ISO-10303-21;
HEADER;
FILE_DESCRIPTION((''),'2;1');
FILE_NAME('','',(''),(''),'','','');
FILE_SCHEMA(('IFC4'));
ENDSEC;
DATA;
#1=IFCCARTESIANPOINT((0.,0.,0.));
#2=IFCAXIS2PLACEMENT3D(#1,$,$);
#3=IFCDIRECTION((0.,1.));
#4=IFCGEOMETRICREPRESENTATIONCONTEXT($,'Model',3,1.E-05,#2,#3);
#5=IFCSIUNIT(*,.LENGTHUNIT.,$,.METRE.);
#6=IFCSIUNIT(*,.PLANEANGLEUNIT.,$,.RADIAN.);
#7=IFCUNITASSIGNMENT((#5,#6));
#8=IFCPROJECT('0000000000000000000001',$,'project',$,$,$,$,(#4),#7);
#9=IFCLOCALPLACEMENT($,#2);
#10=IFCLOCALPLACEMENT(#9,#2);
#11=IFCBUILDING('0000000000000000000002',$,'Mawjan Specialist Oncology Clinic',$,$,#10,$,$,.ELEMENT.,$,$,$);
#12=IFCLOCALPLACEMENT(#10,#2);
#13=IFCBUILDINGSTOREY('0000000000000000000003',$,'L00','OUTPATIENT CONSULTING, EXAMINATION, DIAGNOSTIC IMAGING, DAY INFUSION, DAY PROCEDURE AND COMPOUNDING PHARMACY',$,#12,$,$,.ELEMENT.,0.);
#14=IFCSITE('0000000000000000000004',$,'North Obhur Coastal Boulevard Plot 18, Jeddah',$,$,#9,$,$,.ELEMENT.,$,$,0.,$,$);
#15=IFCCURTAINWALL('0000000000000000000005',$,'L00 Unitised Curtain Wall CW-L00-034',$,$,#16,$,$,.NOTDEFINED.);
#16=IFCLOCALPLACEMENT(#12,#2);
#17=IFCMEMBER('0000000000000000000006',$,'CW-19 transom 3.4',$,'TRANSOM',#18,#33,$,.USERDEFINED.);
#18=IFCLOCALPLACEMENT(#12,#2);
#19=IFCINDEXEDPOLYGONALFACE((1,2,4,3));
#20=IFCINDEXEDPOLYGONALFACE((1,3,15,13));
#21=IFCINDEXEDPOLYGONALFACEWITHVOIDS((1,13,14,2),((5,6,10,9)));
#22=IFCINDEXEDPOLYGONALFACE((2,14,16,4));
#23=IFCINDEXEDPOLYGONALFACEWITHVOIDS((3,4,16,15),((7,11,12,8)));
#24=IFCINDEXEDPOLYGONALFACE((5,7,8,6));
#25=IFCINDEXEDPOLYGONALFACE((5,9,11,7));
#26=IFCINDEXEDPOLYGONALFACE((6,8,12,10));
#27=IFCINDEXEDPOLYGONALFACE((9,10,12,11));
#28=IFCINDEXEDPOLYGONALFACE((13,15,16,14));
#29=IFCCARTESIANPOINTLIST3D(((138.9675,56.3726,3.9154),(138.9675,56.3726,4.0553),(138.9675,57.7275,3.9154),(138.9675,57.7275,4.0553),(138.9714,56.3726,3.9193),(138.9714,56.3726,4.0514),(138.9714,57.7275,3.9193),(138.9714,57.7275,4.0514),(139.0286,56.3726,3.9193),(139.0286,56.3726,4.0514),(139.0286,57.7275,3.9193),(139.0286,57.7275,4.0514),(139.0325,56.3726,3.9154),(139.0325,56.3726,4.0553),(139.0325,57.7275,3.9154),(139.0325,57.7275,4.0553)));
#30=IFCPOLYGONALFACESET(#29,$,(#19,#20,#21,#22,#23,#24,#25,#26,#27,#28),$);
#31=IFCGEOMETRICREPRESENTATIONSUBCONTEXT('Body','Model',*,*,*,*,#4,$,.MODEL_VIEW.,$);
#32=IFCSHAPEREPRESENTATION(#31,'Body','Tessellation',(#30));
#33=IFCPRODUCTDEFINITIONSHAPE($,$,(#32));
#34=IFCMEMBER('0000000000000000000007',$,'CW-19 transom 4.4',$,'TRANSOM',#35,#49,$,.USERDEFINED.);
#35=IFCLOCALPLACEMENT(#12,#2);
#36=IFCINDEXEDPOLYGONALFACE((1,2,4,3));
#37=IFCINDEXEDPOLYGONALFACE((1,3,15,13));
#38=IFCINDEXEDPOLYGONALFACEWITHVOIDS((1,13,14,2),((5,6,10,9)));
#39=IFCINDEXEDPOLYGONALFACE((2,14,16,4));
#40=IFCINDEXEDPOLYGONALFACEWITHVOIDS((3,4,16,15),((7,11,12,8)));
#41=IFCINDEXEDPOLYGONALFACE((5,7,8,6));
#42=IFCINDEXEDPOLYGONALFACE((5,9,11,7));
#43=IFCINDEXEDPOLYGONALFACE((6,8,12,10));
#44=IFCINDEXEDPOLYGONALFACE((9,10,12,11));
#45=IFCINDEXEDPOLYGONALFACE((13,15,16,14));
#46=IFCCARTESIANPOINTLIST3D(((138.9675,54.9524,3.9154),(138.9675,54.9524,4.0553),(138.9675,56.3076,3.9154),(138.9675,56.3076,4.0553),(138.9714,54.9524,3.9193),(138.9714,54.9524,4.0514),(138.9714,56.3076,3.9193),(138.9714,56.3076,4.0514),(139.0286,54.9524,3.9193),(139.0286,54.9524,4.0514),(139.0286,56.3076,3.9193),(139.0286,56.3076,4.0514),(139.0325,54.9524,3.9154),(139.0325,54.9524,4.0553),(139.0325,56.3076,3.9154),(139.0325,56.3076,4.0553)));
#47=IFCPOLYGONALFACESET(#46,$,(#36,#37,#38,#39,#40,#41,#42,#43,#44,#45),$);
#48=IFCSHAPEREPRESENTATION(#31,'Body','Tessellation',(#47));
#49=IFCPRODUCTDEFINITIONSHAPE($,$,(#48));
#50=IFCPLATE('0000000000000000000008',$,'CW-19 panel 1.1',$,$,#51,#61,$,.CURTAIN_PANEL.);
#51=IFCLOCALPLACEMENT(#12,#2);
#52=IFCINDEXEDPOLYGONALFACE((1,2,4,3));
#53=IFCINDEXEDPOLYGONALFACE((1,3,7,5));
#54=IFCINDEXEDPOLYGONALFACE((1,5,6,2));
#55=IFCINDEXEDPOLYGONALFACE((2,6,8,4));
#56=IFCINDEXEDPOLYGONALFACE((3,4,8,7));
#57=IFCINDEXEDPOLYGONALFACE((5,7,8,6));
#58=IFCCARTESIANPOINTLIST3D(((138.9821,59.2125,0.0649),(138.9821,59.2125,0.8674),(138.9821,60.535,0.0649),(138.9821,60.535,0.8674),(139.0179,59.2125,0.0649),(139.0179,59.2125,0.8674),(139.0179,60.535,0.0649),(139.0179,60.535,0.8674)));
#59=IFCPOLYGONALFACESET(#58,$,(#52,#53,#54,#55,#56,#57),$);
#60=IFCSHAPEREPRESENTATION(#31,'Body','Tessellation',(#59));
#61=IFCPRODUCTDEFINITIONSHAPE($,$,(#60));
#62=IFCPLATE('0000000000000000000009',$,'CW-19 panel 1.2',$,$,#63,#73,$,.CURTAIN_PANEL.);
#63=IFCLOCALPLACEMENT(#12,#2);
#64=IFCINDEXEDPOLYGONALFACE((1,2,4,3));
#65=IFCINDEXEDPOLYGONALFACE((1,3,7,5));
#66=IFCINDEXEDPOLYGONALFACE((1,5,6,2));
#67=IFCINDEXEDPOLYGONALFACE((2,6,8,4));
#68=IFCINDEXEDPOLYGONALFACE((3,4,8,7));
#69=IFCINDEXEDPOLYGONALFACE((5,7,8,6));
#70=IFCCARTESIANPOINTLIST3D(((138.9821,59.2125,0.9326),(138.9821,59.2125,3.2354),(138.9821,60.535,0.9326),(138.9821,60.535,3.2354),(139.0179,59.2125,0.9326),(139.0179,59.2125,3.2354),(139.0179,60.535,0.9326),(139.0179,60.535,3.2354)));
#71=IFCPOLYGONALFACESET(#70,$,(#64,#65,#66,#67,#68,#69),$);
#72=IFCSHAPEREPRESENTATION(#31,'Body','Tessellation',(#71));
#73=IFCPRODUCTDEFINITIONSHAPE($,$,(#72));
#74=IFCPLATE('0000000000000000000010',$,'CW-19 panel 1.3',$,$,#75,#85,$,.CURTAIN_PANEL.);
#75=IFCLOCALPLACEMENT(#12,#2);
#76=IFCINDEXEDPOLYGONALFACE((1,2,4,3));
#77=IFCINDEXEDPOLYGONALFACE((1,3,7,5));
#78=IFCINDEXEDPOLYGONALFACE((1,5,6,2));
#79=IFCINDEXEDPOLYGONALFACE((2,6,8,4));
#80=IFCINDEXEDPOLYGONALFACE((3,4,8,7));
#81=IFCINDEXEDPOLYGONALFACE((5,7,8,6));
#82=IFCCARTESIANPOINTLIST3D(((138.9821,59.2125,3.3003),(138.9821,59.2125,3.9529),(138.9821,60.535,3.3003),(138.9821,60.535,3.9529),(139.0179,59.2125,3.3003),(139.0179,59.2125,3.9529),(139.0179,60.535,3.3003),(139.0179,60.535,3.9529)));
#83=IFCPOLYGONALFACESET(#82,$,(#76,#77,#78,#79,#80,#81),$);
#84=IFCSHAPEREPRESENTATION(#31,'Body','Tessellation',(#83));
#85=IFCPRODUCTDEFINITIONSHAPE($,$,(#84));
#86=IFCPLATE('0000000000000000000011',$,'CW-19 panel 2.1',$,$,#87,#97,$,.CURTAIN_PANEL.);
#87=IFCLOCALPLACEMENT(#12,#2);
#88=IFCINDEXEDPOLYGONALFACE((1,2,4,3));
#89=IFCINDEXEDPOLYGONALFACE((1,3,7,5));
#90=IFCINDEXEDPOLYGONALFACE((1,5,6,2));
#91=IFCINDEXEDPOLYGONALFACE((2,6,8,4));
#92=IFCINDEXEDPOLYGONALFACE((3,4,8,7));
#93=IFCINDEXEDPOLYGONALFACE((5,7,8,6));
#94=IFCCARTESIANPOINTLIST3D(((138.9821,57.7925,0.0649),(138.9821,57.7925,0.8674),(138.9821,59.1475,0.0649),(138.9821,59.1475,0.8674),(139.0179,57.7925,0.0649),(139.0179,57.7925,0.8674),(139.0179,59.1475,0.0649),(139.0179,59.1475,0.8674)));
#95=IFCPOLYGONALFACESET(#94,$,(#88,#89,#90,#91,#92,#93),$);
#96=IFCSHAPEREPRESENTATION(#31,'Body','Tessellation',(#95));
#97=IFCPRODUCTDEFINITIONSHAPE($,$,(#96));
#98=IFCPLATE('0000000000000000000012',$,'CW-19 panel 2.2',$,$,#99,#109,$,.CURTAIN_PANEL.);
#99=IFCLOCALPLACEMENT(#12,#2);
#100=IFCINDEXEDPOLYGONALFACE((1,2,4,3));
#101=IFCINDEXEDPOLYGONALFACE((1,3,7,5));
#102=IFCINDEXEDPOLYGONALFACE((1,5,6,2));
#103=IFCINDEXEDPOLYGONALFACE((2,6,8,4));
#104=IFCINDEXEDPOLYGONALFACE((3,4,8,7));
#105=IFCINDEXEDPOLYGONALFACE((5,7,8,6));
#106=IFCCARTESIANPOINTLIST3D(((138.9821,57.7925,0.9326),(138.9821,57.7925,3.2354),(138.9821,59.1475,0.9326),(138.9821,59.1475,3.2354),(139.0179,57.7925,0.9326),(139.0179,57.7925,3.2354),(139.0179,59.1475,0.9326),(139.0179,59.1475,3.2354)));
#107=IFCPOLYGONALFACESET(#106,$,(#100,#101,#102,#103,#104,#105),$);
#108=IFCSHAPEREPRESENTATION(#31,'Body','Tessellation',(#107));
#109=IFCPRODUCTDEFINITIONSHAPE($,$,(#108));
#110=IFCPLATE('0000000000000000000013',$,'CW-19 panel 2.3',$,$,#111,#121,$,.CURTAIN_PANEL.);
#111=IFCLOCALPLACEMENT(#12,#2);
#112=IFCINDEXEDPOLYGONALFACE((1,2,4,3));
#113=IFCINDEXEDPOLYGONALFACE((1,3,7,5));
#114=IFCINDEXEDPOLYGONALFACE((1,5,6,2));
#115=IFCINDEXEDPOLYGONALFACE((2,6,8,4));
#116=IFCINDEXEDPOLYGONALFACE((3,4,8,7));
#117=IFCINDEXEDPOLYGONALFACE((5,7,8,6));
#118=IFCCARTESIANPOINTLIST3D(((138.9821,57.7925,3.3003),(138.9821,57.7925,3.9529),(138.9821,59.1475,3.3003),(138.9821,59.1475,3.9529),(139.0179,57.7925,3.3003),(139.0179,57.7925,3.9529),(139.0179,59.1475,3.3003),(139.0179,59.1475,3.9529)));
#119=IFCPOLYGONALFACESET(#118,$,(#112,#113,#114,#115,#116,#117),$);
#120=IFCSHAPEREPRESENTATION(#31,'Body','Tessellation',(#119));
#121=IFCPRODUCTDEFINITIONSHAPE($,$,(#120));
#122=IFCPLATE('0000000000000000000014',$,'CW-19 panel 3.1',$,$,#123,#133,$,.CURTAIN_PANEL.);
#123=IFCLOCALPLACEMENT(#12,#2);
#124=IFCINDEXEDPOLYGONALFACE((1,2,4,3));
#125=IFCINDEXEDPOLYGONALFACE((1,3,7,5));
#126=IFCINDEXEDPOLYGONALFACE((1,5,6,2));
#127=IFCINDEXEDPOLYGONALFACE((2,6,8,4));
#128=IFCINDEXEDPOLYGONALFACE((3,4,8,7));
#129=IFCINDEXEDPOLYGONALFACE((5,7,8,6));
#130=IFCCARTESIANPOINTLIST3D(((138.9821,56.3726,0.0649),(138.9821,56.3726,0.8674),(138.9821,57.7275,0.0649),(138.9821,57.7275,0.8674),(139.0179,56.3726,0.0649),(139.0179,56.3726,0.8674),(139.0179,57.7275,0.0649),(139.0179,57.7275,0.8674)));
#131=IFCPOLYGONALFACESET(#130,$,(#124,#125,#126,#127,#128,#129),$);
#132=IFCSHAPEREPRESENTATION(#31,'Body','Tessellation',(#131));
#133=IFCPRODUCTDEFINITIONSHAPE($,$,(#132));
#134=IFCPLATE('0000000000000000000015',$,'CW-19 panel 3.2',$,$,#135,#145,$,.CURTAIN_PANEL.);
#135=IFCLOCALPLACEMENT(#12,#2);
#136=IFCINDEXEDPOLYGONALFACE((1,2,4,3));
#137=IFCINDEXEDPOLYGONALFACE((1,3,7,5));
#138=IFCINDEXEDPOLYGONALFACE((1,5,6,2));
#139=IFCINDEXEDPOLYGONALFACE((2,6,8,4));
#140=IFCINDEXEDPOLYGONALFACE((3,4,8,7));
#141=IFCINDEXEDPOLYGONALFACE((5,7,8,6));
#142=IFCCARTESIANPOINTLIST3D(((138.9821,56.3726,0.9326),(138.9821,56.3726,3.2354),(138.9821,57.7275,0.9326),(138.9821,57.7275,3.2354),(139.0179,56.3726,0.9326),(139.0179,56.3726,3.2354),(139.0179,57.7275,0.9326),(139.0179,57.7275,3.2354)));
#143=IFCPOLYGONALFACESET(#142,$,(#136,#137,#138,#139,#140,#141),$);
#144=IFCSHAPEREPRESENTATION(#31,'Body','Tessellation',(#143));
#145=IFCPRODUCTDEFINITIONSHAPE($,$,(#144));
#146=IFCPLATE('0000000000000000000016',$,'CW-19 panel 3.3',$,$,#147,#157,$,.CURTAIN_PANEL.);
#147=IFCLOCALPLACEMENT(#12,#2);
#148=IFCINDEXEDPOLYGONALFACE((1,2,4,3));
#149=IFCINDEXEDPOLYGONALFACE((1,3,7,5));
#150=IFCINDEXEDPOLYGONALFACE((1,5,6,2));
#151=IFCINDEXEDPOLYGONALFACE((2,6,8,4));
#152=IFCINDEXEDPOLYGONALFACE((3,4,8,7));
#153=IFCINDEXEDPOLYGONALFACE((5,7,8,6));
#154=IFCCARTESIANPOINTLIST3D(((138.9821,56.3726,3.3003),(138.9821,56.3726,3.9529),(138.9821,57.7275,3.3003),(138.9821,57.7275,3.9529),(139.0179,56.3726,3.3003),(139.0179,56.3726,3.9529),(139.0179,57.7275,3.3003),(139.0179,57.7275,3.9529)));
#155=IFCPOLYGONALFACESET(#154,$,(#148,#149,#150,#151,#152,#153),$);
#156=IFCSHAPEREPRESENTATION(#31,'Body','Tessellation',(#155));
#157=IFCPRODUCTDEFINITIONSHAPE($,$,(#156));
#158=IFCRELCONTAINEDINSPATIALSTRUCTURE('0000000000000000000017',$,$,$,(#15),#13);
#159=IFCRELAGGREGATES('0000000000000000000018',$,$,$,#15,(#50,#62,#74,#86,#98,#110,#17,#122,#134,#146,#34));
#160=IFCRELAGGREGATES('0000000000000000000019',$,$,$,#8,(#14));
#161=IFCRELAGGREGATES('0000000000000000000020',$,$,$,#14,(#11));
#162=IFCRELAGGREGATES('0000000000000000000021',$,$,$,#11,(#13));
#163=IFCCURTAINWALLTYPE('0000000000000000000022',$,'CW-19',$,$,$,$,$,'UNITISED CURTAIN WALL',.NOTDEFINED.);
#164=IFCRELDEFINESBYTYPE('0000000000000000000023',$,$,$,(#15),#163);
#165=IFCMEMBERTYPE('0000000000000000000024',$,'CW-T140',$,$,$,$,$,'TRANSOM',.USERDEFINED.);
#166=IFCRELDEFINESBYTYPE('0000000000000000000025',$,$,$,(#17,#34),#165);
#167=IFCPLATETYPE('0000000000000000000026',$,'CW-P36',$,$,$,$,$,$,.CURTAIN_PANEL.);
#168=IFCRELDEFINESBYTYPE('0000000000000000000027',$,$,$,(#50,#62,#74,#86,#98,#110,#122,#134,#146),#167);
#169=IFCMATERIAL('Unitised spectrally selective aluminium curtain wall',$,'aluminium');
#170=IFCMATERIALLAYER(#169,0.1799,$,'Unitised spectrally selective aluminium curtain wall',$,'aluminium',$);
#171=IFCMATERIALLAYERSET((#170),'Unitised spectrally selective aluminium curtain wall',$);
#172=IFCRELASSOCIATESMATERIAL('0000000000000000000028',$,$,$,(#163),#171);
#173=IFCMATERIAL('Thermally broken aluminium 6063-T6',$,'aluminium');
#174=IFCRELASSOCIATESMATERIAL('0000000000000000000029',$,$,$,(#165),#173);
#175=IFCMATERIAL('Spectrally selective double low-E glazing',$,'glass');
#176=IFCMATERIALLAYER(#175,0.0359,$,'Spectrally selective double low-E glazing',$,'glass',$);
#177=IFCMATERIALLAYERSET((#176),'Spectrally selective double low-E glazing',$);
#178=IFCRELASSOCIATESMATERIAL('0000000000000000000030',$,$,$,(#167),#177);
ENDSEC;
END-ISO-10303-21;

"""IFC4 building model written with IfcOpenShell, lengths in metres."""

from ifc_helpers import new_model, si_unit, direction, frame, origin, origin_2d, place, context, subcontext, project, spatial, rectangle, hollow_rectangle, extrude, material, layer, layer_set, material_profile, profile_set, type_object, element, aggregate, save


model = new_model("IFC4")

# Units and contexts
model_context = context("Model", 3, precision=1e-05, world=origin(), true_north=direction((0.0, 1.0)))
body_context = subcontext(model_context, "Body", "Model", "MODEL_VIEW")
ifc_project = project(units=[si_unit("LENGTHUNIT", "METRE"), si_unit("PLANEANGLEUNIT", "RADIAN")], contexts=[model_context])

# Site, building, storey
site_placement = place(None, origin())
site = spatial("IfcSite", under=ifc_project, at=site_placement, Name="North Obhur Coastal Boulevard Plot 18, Jeddah", CompositionType="ELEMENT", RefElevation=0.0)
building_placement = place(site_placement, origin())
building = spatial("IfcBuilding", under=site, at=building_placement, Name="Mawjan Specialist Oncology Clinic", CompositionType="ELEMENT")
storey_placement = place(building_placement, origin())
storey = spatial("IfcBuildingStorey", under=building, at=storey_placement, Name="L00", Description="OUTPATIENT CONSULTING, EXAMINATION, DIAGNOSTIC IMAGING, DAY INFUSION, DAY PROCEDURE AND COMPOUNDING PHARMACY", CompositionType="ELEMENT", Elevation=0.0)

# Curtain wall, members, plates
ifc_material_1 = material(Name="Unitised spectrally selective aluminium curtain wall", Category="aluminium")
ifc_layer_1 = layer(ifc_material_1, 0.1799, Name="Unitised spectrally selective aluminium curtain wall", Category="aluminium")
ifc_layer_set_1 = layer_set([ifc_layer_1], Name="Unitised spectrally selective aluminium curtain wall")
curtain_wall_type = type_object("IfcCurtainWallType", Name="CW-19", ElementType="UNITISED CURTAIN WALL", PredefinedType="NOTDEFINED", material=ifc_layer_set_1)
curtain_wall_placement = place(storey_placement, origin())
curtain_wall = element("IfcCurtainWall", 1, at=curtain_wall_placement, inside=storey, type_object=curtain_wall_type, Name="L00 Unitised Curtain Wall CW-L00-034", PredefinedType="NOTDEFINED")
ifc_material_2 = material(Name="Thermally broken aluminium 6063-T6", Category="aluminium")
ifc_material_profile_1 = material_profile(ifc_material_2, hollow_rectangle(XDim=0.0649, YDim=0.1399, WallThickness=0.0039, at=origin_2d()), Name="ALU TRANSOM 140x65x4", Category="aluminium")
ifc_profile_set_1 = profile_set([ifc_material_profile_1], Name="Thermally broken aluminium 6063-T6")
member_type_1 = type_object("IfcMemberType", Name="CW-T140", ElementType="TRANSOM", PredefinedType="USERDEFINED", material=ifc_profile_set_1)
member_1_placement = place(storey_placement, frame((139.0, 57.7275, 3.9854), z_axis=(0.0, -1.0, 0.0), x_axis=(1.0, 0.0, 0.0)))
member_1 = element("IfcMember", 2, at=member_1_placement, type_object=member_type_1, Name="CW-19 transom 3.4", ObjectType="TRANSOM", PredefinedType="USERDEFINED", context=body_context, shape_type="SweptSolid", body=[
    extrude(hollow_rectangle(XDim=0.0649, YDim=0.1399, WallThickness=0.0039, at=origin_2d()), origin(), (0.0, 0.0, 1.0), 1.355),
])
member_2_placement = place(storey_placement, frame((139.0, 56.3076, 3.9854), z_axis=(0.0, -1.0, 0.0), x_axis=(1.0, 0.0, 0.0)))
member_2 = element("IfcMember", 3, at=member_2_placement, type_object=member_type_1, Name="CW-19 transom 4.4", ObjectType="TRANSOM", PredefinedType="USERDEFINED", context=body_context, shape_type="SweptSolid", body=[
    extrude(hollow_rectangle(XDim=0.0649, YDim=0.1399, WallThickness=0.0039, at=origin_2d()), origin(), (0.0, 0.0, 1.0), 1.3552),
])
ifc_material_3 = material(Name="Spectrally selective double low-E glazing", Category="glass")
ifc_layer_2 = layer(ifc_material_3, 0.0359, Name="Spectrally selective double low-E glazing", Category="glass")
ifc_layer_set_2 = layer_set([ifc_layer_2], Name="Spectrally selective double low-E glazing")
plate_type = type_object("IfcPlateType", Name="CW-P36", PredefinedType="CURTAIN_PANEL", material=ifc_layer_set_2)
plate_1_placement = place(storey_placement, frame((139.0, 59.8738, 0.0649), z_axis=(0.0, 0.0, 1.0), x_axis=(0.0, -1.0, 0.0)))
plate_1 = element("IfcPlate", 4, at=plate_1_placement, type_object=plate_type, Name="CW-19 panel 1.1", PredefinedType="CURTAIN_PANEL", context=body_context, shape_type="SweptSolid", body=[
    extrude(rectangle(XDim=1.3225, YDim=0.0359, at=origin_2d()), origin(), (0.0, 0.0, 1.0), 0.8025),
])
plate_2_placement = place(storey_placement, frame((139.0, 59.8738, 0.9326), z_axis=(0.0, 0.0, 1.0), x_axis=(0.0, -1.0, 0.0)))
plate_2 = element("IfcPlate", 5, at=plate_2_placement, type_object=plate_type, Name="CW-19 panel 1.2", PredefinedType="CURTAIN_PANEL", context=body_context, shape_type="SweptSolid", body=[
    extrude(rectangle(XDim=1.3225, YDim=0.0359, at=origin_2d()), origin(), (0.0, 0.0, 1.0), 2.3027),
])
plate_3_placement = place(storey_placement, frame((139.0, 59.8738, 3.3003), z_axis=(0.0, 0.0, 1.0), x_axis=(0.0, -1.0, 0.0)))
plate_3 = element("IfcPlate", 6, at=plate_3_placement, type_object=plate_type, Name="CW-19 panel 1.3", PredefinedType="CURTAIN_PANEL", context=body_context, shape_type="SweptSolid", body=[
    extrude(rectangle(XDim=1.3225, YDim=0.0359, at=origin_2d()), origin(), (0.0, 0.0, 1.0), 0.6526),
])
plate_4_placement = place(storey_placement, frame((139.0, 58.47, 0.0649), z_axis=(0.0, 0.0, 1.0), x_axis=(0.0, -1.0, 0.0)))
plate_4 = element("IfcPlate", 7, at=plate_4_placement, type_object=plate_type, Name="CW-19 panel 2.1", PredefinedType="CURTAIN_PANEL", context=body_context, shape_type="SweptSolid", body=[
    extrude(rectangle(XDim=1.355, YDim=0.0359, at=origin_2d()), origin(), (0.0, 0.0, 1.0), 0.8025),
])
plate_5_placement = place(storey_placement, frame((139.0, 58.47, 0.9326), z_axis=(0.0, 0.0, 1.0), x_axis=(0.0, -1.0, 0.0)))
plate_5 = element("IfcPlate", 8, at=plate_5_placement, type_object=plate_type, Name="CW-19 panel 2.2", PredefinedType="CURTAIN_PANEL", context=body_context, shape_type="SweptSolid", body=[
    extrude(rectangle(XDim=1.355, YDim=0.0359, at=origin_2d()), origin(), (0.0, 0.0, 1.0), 2.3027),
])
plate_6_placement = place(storey_placement, frame((139.0, 58.47, 3.3003), z_axis=(0.0, 0.0, 1.0), x_axis=(0.0, -1.0, 0.0)))
plate_6 = element("IfcPlate", 9, at=plate_6_placement, type_object=plate_type, Name="CW-19 panel 2.3", PredefinedType="CURTAIN_PANEL", context=body_context, shape_type="SweptSolid", body=[
    extrude(rectangle(XDim=1.355, YDim=0.0359, at=origin_2d()), origin(), (0.0, 0.0, 1.0), 0.6526),
])
plate_7_placement = place(storey_placement, frame((139.0, 57.05, 0.0649), z_axis=(0.0, 0.0, 1.0), x_axis=(0.0, -1.0, 0.0)))
plate_7 = element("IfcPlate", 10, at=plate_7_placement, type_object=plate_type, Name="CW-19 panel 3.1", PredefinedType="CURTAIN_PANEL", context=body_context, shape_type="SweptSolid", body=[
    extrude(rectangle(XDim=1.355, YDim=0.0359, at=origin_2d()), origin(), (0.0, 0.0, 1.0), 0.8025),
])
plate_8_placement = place(storey_placement, frame((139.0, 57.05, 0.9326), z_axis=(0.0, 0.0, 1.0), x_axis=(0.0, -1.0, 0.0)))
plate_8 = element("IfcPlate", 11, at=plate_8_placement, type_object=plate_type, Name="CW-19 panel 3.2", PredefinedType="CURTAIN_PANEL", context=body_context, shape_type="SweptSolid", body=[
    extrude(rectangle(XDim=1.355, YDim=0.0359, at=origin_2d()), origin(), (0.0, 0.0, 1.0), 2.3027),
])
plate_9_placement = place(storey_placement, frame((139.0, 57.05, 3.3003), z_axis=(0.0, 0.0, 1.0), x_axis=(0.0, -1.0, 0.0)))
plate_9 = element("IfcPlate", 12, at=plate_9_placement, type_object=plate_type, Name="CW-19 panel 3.3", PredefinedType="CURTAIN_PANEL", context=body_context, shape_type="SweptSolid", body=[
    extrude(rectangle(XDim=1.355, YDim=0.0359, at=origin_2d()), origin(), (0.0, 0.0, 1.0), 0.6526),
])
aggregate(curtain_wall, [plate_1, plate_2, plate_3, plate_4, plate_5, plate_6, member_1, plate_7, plate_8, plate_9, member_2])

save(model, "model.ifc")
